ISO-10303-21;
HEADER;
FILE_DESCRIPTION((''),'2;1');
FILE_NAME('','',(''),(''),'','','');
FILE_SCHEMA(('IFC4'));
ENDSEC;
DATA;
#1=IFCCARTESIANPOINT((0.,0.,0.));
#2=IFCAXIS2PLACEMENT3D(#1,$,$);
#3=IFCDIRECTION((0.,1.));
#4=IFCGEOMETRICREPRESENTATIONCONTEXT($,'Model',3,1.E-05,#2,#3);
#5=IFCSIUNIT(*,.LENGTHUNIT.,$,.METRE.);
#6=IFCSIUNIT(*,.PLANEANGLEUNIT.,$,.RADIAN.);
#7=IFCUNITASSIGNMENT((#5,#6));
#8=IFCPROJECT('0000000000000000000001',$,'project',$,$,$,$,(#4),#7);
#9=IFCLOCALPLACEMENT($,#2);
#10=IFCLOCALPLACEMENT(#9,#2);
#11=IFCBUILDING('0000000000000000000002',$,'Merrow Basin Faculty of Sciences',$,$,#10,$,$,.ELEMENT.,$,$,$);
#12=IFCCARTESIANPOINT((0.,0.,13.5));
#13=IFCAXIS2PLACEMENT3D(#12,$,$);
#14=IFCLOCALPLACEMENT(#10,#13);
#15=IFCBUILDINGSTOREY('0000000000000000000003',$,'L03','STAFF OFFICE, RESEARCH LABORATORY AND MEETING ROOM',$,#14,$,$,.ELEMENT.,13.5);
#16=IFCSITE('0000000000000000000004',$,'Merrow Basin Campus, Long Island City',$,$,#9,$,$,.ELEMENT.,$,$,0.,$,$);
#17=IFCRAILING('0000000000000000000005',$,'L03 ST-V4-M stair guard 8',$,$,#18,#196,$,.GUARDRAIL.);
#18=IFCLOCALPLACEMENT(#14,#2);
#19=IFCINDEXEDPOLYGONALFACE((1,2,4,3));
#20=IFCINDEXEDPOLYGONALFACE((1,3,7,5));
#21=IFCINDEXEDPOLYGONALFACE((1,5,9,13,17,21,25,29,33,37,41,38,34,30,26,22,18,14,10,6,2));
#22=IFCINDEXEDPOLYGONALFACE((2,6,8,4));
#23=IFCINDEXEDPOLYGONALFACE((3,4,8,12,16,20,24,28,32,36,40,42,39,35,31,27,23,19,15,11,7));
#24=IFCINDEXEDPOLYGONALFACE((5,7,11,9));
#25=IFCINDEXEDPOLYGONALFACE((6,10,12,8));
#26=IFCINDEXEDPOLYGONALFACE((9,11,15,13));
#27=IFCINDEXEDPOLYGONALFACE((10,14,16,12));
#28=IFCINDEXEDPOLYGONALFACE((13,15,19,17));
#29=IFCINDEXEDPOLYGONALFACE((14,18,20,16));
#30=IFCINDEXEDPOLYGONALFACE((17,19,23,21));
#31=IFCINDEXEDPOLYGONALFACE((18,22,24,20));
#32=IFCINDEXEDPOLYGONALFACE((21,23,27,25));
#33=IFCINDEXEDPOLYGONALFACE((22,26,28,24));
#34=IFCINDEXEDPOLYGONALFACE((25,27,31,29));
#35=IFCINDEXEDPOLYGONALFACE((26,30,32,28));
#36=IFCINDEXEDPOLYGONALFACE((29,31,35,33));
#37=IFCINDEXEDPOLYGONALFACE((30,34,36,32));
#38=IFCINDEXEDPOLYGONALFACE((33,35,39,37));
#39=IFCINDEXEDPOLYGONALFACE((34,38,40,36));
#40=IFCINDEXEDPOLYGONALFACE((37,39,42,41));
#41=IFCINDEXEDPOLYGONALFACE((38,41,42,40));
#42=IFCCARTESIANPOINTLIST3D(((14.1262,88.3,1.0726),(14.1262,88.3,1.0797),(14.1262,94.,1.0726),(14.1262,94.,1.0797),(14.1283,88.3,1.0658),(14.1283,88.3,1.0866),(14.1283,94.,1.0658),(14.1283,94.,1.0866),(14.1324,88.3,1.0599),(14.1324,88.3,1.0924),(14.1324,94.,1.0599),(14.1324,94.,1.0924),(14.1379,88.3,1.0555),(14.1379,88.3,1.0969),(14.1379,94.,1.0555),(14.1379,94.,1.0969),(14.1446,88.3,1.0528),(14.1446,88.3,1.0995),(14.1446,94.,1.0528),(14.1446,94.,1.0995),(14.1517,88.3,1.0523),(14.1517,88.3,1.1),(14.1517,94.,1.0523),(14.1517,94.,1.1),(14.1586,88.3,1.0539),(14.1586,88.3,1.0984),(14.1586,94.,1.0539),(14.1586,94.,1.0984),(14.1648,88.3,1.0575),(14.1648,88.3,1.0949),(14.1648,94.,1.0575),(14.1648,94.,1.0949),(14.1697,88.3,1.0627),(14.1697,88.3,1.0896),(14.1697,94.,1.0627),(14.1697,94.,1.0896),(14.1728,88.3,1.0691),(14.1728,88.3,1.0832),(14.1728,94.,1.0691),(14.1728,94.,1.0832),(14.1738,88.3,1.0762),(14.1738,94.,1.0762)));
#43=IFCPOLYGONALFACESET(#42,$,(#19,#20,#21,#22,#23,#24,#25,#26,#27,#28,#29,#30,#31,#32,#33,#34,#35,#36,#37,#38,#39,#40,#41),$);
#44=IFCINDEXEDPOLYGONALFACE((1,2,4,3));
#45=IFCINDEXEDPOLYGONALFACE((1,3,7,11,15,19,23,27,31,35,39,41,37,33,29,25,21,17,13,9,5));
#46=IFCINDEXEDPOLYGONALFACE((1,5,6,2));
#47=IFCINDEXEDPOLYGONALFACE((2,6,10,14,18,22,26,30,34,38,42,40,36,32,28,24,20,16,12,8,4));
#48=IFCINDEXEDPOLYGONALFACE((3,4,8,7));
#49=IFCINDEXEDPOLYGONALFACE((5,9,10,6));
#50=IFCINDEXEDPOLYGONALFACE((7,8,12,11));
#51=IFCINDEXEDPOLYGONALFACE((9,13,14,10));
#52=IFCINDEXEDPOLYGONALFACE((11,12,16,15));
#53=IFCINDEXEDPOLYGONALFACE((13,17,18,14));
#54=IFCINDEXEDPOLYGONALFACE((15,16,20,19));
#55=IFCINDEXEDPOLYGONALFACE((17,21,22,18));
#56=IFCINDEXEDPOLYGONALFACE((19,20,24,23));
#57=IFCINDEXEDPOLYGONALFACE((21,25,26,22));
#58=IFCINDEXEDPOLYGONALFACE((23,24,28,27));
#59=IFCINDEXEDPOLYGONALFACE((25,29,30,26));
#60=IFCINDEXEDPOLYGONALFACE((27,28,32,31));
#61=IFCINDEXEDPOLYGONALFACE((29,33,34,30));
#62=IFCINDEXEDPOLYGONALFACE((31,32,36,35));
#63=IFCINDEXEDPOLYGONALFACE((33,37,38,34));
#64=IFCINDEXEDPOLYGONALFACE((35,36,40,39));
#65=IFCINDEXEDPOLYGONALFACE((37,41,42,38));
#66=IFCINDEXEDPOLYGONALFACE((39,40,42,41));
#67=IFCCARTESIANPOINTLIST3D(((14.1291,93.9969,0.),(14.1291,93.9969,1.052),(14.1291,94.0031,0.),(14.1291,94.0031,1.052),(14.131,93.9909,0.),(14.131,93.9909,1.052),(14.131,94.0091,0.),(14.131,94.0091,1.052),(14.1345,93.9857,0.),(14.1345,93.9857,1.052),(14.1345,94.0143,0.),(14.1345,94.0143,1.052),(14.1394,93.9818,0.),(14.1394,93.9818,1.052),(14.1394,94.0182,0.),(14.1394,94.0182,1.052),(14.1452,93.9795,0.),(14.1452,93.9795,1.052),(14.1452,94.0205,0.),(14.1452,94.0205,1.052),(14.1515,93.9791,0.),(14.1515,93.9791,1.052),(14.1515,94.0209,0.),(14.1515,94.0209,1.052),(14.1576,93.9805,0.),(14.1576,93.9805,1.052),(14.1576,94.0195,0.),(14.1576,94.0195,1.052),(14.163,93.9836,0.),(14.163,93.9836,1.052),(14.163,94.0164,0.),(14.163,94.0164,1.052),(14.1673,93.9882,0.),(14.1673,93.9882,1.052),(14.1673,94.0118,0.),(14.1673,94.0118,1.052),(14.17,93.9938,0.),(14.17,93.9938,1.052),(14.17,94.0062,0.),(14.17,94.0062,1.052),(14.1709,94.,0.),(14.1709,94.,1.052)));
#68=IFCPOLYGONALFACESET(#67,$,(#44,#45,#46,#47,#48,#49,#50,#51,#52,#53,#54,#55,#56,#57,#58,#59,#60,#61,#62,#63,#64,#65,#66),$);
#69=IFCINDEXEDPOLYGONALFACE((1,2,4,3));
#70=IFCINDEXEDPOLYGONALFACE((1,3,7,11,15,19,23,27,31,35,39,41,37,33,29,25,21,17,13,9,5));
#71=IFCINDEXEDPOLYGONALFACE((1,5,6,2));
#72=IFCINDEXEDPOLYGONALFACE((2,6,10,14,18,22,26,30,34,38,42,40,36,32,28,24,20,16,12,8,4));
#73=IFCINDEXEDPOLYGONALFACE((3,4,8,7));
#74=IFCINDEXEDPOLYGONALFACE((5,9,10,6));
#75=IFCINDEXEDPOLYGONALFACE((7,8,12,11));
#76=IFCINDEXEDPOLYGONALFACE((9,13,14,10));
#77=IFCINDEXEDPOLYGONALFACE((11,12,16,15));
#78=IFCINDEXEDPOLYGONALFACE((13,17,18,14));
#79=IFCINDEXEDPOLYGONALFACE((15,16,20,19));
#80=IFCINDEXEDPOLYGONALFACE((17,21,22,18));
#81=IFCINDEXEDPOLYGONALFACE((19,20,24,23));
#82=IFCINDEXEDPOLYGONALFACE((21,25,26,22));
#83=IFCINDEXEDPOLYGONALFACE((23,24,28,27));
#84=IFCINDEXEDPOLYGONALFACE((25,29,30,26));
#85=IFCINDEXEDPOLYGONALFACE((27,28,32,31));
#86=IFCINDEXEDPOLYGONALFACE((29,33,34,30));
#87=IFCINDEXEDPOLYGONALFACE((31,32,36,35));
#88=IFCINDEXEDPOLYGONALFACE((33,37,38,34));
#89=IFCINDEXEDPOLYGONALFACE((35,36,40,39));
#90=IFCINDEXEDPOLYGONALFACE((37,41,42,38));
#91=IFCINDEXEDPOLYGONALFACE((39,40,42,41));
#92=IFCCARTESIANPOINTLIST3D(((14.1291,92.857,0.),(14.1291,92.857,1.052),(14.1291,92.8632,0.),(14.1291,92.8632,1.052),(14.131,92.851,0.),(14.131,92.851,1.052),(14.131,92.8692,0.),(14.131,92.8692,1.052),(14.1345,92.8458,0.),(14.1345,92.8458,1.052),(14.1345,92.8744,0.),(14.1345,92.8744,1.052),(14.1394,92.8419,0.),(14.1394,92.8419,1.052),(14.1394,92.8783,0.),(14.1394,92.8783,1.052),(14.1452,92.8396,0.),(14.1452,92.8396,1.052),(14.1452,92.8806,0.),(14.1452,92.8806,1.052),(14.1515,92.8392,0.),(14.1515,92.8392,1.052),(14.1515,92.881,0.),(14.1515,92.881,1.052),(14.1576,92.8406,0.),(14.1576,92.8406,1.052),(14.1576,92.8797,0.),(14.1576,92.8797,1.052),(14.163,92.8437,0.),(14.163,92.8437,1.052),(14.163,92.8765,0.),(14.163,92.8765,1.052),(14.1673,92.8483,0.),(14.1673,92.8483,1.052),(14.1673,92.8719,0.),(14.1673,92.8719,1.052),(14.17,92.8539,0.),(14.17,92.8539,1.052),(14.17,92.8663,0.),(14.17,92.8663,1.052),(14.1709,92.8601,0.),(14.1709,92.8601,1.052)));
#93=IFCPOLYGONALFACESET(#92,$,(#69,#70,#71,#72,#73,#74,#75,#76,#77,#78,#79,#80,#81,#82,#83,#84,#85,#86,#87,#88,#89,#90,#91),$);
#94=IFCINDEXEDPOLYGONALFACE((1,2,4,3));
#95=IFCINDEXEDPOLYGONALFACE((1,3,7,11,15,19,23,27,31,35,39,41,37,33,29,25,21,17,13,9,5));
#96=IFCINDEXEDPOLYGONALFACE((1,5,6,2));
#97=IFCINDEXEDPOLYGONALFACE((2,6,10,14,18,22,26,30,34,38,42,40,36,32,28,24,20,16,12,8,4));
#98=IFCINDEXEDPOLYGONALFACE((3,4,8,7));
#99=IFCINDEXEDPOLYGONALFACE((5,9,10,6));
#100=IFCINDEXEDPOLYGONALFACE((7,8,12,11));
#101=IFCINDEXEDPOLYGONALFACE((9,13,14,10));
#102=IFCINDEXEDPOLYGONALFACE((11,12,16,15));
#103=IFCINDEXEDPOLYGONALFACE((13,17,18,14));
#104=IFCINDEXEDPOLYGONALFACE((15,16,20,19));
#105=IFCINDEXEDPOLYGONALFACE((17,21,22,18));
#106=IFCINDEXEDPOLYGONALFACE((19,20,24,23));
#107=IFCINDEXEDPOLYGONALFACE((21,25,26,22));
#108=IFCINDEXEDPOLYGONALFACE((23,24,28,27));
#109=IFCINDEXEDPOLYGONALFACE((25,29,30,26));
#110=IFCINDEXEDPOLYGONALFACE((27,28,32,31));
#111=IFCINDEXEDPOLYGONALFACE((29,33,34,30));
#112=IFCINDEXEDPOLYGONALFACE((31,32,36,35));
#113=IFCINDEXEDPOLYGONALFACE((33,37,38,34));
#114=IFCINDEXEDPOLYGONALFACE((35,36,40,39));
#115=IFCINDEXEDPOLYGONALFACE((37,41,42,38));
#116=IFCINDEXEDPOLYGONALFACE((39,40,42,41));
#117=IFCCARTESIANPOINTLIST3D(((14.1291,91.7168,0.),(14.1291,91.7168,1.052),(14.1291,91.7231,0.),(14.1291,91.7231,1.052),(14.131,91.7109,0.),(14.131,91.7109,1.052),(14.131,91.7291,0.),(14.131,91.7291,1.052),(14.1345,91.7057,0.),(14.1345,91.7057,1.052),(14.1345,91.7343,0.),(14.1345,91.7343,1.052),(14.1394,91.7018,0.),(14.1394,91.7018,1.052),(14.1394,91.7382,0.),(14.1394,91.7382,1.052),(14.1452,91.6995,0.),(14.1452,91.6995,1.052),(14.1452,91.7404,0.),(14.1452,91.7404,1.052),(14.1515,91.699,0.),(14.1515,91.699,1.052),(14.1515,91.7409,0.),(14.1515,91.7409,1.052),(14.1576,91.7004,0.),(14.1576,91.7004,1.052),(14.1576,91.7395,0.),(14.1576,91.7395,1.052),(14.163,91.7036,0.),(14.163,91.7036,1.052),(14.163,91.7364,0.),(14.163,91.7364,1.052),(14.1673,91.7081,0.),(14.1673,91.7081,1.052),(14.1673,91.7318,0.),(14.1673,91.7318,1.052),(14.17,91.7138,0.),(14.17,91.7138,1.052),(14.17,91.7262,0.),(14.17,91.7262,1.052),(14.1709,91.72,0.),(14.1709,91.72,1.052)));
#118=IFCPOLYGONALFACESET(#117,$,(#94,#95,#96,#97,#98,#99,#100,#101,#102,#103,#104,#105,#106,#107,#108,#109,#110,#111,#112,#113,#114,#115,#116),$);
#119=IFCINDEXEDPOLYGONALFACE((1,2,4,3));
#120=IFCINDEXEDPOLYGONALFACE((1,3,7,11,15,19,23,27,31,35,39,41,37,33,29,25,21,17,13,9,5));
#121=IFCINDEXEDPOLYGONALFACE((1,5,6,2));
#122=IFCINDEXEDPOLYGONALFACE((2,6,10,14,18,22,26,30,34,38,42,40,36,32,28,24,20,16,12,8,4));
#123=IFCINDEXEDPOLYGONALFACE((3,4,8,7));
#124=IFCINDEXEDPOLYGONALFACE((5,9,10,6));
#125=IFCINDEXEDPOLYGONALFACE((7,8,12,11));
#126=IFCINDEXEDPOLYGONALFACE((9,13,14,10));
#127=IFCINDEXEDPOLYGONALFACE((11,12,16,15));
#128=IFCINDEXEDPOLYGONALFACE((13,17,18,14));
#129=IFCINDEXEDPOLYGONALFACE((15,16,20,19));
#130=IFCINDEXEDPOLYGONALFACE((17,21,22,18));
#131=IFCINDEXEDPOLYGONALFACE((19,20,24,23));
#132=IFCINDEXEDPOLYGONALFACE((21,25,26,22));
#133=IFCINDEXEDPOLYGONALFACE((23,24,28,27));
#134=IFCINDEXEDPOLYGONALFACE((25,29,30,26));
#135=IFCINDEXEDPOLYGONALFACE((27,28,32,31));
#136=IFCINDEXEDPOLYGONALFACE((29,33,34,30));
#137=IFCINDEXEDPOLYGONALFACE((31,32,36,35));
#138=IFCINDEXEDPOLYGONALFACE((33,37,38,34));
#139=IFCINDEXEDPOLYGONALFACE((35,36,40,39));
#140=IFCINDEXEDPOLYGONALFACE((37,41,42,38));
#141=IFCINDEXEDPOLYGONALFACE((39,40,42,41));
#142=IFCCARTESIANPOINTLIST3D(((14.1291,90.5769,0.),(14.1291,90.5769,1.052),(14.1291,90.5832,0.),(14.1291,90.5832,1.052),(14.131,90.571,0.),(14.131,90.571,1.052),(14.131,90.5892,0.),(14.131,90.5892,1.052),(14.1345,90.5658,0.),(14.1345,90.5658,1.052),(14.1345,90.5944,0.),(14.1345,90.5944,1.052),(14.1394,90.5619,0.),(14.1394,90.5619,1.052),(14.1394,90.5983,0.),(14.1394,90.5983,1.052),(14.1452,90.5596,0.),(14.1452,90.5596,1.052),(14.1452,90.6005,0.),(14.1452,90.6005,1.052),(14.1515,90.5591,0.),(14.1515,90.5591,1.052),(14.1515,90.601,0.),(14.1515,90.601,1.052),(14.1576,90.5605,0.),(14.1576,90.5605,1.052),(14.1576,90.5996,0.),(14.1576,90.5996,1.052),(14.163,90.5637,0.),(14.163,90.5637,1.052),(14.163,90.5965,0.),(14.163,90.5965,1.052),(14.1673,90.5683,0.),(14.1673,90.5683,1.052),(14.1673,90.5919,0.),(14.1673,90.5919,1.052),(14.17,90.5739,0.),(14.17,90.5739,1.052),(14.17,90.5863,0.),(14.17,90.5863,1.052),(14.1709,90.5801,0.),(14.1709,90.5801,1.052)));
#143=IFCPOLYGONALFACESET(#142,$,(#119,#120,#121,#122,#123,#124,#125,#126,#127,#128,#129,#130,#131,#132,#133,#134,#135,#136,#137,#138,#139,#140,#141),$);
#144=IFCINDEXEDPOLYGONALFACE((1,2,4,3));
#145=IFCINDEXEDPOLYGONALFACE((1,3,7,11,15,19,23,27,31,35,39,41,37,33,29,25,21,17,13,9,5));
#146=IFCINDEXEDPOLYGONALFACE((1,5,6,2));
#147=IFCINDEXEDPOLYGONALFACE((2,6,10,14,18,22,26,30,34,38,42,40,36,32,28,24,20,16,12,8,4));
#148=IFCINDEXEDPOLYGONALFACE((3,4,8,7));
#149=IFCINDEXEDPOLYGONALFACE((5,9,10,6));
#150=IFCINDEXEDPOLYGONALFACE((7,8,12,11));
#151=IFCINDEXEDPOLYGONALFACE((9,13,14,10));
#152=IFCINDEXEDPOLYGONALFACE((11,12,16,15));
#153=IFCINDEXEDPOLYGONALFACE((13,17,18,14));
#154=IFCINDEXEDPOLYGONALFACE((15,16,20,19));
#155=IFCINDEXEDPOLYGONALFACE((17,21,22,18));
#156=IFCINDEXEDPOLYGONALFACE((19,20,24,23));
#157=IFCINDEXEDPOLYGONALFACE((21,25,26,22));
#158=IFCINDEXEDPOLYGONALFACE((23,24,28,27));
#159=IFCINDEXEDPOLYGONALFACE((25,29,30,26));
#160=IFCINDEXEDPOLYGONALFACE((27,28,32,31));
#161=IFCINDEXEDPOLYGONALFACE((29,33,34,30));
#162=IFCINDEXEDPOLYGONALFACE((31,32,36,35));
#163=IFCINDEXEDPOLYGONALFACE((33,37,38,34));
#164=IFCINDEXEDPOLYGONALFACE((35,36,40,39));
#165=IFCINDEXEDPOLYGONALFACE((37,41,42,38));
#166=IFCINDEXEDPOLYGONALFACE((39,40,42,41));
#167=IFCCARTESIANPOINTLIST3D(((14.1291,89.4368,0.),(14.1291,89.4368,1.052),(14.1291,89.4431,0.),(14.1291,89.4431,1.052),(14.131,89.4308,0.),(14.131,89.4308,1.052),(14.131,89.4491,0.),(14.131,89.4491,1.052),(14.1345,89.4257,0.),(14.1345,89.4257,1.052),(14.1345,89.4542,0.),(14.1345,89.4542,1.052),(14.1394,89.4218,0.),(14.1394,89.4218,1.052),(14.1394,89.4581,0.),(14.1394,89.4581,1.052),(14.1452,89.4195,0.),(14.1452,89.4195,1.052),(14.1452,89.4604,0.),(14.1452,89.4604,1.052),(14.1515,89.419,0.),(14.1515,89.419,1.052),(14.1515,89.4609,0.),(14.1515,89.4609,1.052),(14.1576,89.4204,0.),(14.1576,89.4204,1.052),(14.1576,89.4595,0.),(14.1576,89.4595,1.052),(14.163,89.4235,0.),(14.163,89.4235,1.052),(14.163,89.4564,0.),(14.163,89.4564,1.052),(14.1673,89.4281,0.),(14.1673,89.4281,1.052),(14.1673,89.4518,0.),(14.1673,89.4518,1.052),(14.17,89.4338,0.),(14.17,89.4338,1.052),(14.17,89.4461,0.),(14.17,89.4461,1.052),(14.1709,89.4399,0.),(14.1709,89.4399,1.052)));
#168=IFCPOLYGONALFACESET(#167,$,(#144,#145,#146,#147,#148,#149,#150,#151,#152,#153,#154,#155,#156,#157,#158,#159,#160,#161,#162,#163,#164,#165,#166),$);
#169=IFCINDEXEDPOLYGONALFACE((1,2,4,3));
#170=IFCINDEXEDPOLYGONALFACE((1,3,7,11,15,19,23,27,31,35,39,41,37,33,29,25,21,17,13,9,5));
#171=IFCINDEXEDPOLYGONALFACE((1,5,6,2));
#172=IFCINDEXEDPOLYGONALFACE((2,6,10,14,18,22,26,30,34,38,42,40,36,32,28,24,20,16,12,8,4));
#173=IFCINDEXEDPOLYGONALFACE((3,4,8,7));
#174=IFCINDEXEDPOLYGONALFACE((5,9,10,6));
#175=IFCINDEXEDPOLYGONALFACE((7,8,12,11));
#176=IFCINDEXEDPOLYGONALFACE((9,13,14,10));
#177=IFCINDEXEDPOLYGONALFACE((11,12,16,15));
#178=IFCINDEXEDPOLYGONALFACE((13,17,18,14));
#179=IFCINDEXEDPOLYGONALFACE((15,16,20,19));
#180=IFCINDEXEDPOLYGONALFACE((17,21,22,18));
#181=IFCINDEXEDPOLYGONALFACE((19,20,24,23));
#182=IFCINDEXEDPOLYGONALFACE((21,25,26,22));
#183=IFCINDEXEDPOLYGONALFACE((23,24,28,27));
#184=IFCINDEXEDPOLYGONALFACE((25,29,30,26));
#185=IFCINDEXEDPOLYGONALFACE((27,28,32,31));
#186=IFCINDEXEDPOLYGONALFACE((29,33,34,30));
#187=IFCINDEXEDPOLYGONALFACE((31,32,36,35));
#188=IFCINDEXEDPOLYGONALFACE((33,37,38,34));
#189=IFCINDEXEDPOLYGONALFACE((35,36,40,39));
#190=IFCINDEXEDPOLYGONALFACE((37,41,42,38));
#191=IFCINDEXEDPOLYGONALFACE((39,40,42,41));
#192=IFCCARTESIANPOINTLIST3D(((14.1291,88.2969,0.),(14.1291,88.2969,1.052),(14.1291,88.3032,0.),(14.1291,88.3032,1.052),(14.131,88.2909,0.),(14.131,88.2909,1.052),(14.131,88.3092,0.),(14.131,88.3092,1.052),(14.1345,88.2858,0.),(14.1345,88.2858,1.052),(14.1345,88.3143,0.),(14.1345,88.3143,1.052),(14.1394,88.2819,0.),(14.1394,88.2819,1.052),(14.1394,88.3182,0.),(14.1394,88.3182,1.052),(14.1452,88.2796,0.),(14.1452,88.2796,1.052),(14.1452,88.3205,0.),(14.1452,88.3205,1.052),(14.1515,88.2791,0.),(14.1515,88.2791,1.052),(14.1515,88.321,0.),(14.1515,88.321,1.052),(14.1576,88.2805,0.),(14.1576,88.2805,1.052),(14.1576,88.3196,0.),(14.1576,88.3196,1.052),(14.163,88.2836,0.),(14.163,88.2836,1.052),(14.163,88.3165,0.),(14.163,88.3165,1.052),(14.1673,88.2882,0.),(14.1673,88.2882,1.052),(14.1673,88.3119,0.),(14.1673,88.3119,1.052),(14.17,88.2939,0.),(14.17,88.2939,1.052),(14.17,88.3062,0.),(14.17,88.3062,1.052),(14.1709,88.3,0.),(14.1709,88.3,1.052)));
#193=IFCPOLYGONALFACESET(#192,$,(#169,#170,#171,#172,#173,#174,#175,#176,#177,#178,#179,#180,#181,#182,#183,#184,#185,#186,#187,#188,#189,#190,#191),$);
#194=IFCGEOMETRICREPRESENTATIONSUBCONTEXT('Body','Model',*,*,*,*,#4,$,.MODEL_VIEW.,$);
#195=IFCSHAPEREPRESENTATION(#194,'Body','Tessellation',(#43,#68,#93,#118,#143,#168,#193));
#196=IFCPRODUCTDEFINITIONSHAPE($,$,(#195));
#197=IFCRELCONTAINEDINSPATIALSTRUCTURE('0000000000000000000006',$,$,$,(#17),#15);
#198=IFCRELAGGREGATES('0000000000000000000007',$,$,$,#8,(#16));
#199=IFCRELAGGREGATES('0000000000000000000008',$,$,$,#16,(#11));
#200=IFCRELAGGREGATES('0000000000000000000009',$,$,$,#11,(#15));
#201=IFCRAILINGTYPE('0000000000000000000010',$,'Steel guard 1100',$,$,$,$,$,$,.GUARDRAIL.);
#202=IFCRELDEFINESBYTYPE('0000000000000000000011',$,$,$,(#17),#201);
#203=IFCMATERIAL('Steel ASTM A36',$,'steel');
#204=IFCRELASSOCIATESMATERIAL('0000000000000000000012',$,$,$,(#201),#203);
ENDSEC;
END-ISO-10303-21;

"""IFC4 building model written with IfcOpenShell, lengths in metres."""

from ifc_helpers import new_model, si_unit, direction, frame, origin, origin_2d, place, context, subcontext, project, spatial, circle, extrude, material, type_object, element, save


model = new_model("IFC4")

# Units and contexts
model_context = context("Model", 3, precision=1e-05, world=origin(), true_north=direction((0.0, 1.0)))
body_context = subcontext(model_context, "Body", "Model", "MODEL_VIEW")
ifc_project = project(units=[si_unit("LENGTHUNIT", "METRE"), si_unit("PLANEANGLEUNIT", "RADIAN")], contexts=[model_context])

# Site, building, storey
site_placement = place(None, origin())
site = spatial("IfcSite", under=ifc_project, at=site_placement, Name="Merrow Basin Campus, Long Island City", CompositionType="ELEMENT", RefElevation=0.0)
building_placement = place(site_placement, origin())
building = spatial("IfcBuilding", under=site, at=building_placement, Name="Merrow Basin Faculty of Sciences", CompositionType="ELEMENT")
storey_placement = place(building_placement, frame((0.0, 0.0, 13.5)))
storey = spatial("IfcBuildingStorey", under=building, at=storey_placement, Name="L03", Description="STAFF OFFICE, RESEARCH LABORATORY AND MEETING ROOM", CompositionType="ELEMENT", Elevation=13.5)

# Railing
ifc_material_1 = material(Name="Steel ASTM A36", Category="steel")
railing_type = type_object("IfcRailingType", Name="Steel guard 1100", PredefinedType="GUARDRAIL", material=ifc_material_1)
railing_1_placement = place(storey_placement, frame((14.1499, 94.0, 0.0)))
element("IfcRailing", 1, at=railing_1_placement, inside=storey, type_object=railing_type, Name="L03 ST-V4-M stair guard 8", PredefinedType="GUARDRAIL", context=body_context, shape_type="SweptSolid", body=[
    extrude(circle(Radius=0.0239, at=origin_2d()), frame((0.0, 0.0, 1.0762), z_axis=(0.0, -1.0, 0.0), x_axis=(1.0, 0.0, 0.0)), (0.0, 0.0, 1.0), 5.7),
    extrude(circle(Radius=0.021, at=origin_2d()), origin(), (0.0, 0.0, 1.0), 1.052),
    extrude(circle(Radius=0.021, at=origin_2d()), frame((0.0, -1.1399, 0.0)), (0.0, 0.0, 1.0), 1.052),
    extrude(circle(Radius=0.021, at=origin_2d()), frame((0.0, -2.28, 0.0)), (0.0, 0.0, 1.0), 1.052),
    extrude(circle(Radius=0.021, at=origin_2d()), frame((0.0, -3.4199, 0.0)), (0.0, 0.0, 1.0), 1.052),
    extrude(circle(Radius=0.021, at=origin_2d()), frame((0.0, -4.5601, 0.0)), (0.0, 0.0, 1.0), 1.052),
    extrude(circle(Radius=0.021, at=origin_2d()), frame((0.0, -5.7, 0.0)), (0.0, 0.0, 1.0), 1.052),
])

save(model, "model.ifc")
